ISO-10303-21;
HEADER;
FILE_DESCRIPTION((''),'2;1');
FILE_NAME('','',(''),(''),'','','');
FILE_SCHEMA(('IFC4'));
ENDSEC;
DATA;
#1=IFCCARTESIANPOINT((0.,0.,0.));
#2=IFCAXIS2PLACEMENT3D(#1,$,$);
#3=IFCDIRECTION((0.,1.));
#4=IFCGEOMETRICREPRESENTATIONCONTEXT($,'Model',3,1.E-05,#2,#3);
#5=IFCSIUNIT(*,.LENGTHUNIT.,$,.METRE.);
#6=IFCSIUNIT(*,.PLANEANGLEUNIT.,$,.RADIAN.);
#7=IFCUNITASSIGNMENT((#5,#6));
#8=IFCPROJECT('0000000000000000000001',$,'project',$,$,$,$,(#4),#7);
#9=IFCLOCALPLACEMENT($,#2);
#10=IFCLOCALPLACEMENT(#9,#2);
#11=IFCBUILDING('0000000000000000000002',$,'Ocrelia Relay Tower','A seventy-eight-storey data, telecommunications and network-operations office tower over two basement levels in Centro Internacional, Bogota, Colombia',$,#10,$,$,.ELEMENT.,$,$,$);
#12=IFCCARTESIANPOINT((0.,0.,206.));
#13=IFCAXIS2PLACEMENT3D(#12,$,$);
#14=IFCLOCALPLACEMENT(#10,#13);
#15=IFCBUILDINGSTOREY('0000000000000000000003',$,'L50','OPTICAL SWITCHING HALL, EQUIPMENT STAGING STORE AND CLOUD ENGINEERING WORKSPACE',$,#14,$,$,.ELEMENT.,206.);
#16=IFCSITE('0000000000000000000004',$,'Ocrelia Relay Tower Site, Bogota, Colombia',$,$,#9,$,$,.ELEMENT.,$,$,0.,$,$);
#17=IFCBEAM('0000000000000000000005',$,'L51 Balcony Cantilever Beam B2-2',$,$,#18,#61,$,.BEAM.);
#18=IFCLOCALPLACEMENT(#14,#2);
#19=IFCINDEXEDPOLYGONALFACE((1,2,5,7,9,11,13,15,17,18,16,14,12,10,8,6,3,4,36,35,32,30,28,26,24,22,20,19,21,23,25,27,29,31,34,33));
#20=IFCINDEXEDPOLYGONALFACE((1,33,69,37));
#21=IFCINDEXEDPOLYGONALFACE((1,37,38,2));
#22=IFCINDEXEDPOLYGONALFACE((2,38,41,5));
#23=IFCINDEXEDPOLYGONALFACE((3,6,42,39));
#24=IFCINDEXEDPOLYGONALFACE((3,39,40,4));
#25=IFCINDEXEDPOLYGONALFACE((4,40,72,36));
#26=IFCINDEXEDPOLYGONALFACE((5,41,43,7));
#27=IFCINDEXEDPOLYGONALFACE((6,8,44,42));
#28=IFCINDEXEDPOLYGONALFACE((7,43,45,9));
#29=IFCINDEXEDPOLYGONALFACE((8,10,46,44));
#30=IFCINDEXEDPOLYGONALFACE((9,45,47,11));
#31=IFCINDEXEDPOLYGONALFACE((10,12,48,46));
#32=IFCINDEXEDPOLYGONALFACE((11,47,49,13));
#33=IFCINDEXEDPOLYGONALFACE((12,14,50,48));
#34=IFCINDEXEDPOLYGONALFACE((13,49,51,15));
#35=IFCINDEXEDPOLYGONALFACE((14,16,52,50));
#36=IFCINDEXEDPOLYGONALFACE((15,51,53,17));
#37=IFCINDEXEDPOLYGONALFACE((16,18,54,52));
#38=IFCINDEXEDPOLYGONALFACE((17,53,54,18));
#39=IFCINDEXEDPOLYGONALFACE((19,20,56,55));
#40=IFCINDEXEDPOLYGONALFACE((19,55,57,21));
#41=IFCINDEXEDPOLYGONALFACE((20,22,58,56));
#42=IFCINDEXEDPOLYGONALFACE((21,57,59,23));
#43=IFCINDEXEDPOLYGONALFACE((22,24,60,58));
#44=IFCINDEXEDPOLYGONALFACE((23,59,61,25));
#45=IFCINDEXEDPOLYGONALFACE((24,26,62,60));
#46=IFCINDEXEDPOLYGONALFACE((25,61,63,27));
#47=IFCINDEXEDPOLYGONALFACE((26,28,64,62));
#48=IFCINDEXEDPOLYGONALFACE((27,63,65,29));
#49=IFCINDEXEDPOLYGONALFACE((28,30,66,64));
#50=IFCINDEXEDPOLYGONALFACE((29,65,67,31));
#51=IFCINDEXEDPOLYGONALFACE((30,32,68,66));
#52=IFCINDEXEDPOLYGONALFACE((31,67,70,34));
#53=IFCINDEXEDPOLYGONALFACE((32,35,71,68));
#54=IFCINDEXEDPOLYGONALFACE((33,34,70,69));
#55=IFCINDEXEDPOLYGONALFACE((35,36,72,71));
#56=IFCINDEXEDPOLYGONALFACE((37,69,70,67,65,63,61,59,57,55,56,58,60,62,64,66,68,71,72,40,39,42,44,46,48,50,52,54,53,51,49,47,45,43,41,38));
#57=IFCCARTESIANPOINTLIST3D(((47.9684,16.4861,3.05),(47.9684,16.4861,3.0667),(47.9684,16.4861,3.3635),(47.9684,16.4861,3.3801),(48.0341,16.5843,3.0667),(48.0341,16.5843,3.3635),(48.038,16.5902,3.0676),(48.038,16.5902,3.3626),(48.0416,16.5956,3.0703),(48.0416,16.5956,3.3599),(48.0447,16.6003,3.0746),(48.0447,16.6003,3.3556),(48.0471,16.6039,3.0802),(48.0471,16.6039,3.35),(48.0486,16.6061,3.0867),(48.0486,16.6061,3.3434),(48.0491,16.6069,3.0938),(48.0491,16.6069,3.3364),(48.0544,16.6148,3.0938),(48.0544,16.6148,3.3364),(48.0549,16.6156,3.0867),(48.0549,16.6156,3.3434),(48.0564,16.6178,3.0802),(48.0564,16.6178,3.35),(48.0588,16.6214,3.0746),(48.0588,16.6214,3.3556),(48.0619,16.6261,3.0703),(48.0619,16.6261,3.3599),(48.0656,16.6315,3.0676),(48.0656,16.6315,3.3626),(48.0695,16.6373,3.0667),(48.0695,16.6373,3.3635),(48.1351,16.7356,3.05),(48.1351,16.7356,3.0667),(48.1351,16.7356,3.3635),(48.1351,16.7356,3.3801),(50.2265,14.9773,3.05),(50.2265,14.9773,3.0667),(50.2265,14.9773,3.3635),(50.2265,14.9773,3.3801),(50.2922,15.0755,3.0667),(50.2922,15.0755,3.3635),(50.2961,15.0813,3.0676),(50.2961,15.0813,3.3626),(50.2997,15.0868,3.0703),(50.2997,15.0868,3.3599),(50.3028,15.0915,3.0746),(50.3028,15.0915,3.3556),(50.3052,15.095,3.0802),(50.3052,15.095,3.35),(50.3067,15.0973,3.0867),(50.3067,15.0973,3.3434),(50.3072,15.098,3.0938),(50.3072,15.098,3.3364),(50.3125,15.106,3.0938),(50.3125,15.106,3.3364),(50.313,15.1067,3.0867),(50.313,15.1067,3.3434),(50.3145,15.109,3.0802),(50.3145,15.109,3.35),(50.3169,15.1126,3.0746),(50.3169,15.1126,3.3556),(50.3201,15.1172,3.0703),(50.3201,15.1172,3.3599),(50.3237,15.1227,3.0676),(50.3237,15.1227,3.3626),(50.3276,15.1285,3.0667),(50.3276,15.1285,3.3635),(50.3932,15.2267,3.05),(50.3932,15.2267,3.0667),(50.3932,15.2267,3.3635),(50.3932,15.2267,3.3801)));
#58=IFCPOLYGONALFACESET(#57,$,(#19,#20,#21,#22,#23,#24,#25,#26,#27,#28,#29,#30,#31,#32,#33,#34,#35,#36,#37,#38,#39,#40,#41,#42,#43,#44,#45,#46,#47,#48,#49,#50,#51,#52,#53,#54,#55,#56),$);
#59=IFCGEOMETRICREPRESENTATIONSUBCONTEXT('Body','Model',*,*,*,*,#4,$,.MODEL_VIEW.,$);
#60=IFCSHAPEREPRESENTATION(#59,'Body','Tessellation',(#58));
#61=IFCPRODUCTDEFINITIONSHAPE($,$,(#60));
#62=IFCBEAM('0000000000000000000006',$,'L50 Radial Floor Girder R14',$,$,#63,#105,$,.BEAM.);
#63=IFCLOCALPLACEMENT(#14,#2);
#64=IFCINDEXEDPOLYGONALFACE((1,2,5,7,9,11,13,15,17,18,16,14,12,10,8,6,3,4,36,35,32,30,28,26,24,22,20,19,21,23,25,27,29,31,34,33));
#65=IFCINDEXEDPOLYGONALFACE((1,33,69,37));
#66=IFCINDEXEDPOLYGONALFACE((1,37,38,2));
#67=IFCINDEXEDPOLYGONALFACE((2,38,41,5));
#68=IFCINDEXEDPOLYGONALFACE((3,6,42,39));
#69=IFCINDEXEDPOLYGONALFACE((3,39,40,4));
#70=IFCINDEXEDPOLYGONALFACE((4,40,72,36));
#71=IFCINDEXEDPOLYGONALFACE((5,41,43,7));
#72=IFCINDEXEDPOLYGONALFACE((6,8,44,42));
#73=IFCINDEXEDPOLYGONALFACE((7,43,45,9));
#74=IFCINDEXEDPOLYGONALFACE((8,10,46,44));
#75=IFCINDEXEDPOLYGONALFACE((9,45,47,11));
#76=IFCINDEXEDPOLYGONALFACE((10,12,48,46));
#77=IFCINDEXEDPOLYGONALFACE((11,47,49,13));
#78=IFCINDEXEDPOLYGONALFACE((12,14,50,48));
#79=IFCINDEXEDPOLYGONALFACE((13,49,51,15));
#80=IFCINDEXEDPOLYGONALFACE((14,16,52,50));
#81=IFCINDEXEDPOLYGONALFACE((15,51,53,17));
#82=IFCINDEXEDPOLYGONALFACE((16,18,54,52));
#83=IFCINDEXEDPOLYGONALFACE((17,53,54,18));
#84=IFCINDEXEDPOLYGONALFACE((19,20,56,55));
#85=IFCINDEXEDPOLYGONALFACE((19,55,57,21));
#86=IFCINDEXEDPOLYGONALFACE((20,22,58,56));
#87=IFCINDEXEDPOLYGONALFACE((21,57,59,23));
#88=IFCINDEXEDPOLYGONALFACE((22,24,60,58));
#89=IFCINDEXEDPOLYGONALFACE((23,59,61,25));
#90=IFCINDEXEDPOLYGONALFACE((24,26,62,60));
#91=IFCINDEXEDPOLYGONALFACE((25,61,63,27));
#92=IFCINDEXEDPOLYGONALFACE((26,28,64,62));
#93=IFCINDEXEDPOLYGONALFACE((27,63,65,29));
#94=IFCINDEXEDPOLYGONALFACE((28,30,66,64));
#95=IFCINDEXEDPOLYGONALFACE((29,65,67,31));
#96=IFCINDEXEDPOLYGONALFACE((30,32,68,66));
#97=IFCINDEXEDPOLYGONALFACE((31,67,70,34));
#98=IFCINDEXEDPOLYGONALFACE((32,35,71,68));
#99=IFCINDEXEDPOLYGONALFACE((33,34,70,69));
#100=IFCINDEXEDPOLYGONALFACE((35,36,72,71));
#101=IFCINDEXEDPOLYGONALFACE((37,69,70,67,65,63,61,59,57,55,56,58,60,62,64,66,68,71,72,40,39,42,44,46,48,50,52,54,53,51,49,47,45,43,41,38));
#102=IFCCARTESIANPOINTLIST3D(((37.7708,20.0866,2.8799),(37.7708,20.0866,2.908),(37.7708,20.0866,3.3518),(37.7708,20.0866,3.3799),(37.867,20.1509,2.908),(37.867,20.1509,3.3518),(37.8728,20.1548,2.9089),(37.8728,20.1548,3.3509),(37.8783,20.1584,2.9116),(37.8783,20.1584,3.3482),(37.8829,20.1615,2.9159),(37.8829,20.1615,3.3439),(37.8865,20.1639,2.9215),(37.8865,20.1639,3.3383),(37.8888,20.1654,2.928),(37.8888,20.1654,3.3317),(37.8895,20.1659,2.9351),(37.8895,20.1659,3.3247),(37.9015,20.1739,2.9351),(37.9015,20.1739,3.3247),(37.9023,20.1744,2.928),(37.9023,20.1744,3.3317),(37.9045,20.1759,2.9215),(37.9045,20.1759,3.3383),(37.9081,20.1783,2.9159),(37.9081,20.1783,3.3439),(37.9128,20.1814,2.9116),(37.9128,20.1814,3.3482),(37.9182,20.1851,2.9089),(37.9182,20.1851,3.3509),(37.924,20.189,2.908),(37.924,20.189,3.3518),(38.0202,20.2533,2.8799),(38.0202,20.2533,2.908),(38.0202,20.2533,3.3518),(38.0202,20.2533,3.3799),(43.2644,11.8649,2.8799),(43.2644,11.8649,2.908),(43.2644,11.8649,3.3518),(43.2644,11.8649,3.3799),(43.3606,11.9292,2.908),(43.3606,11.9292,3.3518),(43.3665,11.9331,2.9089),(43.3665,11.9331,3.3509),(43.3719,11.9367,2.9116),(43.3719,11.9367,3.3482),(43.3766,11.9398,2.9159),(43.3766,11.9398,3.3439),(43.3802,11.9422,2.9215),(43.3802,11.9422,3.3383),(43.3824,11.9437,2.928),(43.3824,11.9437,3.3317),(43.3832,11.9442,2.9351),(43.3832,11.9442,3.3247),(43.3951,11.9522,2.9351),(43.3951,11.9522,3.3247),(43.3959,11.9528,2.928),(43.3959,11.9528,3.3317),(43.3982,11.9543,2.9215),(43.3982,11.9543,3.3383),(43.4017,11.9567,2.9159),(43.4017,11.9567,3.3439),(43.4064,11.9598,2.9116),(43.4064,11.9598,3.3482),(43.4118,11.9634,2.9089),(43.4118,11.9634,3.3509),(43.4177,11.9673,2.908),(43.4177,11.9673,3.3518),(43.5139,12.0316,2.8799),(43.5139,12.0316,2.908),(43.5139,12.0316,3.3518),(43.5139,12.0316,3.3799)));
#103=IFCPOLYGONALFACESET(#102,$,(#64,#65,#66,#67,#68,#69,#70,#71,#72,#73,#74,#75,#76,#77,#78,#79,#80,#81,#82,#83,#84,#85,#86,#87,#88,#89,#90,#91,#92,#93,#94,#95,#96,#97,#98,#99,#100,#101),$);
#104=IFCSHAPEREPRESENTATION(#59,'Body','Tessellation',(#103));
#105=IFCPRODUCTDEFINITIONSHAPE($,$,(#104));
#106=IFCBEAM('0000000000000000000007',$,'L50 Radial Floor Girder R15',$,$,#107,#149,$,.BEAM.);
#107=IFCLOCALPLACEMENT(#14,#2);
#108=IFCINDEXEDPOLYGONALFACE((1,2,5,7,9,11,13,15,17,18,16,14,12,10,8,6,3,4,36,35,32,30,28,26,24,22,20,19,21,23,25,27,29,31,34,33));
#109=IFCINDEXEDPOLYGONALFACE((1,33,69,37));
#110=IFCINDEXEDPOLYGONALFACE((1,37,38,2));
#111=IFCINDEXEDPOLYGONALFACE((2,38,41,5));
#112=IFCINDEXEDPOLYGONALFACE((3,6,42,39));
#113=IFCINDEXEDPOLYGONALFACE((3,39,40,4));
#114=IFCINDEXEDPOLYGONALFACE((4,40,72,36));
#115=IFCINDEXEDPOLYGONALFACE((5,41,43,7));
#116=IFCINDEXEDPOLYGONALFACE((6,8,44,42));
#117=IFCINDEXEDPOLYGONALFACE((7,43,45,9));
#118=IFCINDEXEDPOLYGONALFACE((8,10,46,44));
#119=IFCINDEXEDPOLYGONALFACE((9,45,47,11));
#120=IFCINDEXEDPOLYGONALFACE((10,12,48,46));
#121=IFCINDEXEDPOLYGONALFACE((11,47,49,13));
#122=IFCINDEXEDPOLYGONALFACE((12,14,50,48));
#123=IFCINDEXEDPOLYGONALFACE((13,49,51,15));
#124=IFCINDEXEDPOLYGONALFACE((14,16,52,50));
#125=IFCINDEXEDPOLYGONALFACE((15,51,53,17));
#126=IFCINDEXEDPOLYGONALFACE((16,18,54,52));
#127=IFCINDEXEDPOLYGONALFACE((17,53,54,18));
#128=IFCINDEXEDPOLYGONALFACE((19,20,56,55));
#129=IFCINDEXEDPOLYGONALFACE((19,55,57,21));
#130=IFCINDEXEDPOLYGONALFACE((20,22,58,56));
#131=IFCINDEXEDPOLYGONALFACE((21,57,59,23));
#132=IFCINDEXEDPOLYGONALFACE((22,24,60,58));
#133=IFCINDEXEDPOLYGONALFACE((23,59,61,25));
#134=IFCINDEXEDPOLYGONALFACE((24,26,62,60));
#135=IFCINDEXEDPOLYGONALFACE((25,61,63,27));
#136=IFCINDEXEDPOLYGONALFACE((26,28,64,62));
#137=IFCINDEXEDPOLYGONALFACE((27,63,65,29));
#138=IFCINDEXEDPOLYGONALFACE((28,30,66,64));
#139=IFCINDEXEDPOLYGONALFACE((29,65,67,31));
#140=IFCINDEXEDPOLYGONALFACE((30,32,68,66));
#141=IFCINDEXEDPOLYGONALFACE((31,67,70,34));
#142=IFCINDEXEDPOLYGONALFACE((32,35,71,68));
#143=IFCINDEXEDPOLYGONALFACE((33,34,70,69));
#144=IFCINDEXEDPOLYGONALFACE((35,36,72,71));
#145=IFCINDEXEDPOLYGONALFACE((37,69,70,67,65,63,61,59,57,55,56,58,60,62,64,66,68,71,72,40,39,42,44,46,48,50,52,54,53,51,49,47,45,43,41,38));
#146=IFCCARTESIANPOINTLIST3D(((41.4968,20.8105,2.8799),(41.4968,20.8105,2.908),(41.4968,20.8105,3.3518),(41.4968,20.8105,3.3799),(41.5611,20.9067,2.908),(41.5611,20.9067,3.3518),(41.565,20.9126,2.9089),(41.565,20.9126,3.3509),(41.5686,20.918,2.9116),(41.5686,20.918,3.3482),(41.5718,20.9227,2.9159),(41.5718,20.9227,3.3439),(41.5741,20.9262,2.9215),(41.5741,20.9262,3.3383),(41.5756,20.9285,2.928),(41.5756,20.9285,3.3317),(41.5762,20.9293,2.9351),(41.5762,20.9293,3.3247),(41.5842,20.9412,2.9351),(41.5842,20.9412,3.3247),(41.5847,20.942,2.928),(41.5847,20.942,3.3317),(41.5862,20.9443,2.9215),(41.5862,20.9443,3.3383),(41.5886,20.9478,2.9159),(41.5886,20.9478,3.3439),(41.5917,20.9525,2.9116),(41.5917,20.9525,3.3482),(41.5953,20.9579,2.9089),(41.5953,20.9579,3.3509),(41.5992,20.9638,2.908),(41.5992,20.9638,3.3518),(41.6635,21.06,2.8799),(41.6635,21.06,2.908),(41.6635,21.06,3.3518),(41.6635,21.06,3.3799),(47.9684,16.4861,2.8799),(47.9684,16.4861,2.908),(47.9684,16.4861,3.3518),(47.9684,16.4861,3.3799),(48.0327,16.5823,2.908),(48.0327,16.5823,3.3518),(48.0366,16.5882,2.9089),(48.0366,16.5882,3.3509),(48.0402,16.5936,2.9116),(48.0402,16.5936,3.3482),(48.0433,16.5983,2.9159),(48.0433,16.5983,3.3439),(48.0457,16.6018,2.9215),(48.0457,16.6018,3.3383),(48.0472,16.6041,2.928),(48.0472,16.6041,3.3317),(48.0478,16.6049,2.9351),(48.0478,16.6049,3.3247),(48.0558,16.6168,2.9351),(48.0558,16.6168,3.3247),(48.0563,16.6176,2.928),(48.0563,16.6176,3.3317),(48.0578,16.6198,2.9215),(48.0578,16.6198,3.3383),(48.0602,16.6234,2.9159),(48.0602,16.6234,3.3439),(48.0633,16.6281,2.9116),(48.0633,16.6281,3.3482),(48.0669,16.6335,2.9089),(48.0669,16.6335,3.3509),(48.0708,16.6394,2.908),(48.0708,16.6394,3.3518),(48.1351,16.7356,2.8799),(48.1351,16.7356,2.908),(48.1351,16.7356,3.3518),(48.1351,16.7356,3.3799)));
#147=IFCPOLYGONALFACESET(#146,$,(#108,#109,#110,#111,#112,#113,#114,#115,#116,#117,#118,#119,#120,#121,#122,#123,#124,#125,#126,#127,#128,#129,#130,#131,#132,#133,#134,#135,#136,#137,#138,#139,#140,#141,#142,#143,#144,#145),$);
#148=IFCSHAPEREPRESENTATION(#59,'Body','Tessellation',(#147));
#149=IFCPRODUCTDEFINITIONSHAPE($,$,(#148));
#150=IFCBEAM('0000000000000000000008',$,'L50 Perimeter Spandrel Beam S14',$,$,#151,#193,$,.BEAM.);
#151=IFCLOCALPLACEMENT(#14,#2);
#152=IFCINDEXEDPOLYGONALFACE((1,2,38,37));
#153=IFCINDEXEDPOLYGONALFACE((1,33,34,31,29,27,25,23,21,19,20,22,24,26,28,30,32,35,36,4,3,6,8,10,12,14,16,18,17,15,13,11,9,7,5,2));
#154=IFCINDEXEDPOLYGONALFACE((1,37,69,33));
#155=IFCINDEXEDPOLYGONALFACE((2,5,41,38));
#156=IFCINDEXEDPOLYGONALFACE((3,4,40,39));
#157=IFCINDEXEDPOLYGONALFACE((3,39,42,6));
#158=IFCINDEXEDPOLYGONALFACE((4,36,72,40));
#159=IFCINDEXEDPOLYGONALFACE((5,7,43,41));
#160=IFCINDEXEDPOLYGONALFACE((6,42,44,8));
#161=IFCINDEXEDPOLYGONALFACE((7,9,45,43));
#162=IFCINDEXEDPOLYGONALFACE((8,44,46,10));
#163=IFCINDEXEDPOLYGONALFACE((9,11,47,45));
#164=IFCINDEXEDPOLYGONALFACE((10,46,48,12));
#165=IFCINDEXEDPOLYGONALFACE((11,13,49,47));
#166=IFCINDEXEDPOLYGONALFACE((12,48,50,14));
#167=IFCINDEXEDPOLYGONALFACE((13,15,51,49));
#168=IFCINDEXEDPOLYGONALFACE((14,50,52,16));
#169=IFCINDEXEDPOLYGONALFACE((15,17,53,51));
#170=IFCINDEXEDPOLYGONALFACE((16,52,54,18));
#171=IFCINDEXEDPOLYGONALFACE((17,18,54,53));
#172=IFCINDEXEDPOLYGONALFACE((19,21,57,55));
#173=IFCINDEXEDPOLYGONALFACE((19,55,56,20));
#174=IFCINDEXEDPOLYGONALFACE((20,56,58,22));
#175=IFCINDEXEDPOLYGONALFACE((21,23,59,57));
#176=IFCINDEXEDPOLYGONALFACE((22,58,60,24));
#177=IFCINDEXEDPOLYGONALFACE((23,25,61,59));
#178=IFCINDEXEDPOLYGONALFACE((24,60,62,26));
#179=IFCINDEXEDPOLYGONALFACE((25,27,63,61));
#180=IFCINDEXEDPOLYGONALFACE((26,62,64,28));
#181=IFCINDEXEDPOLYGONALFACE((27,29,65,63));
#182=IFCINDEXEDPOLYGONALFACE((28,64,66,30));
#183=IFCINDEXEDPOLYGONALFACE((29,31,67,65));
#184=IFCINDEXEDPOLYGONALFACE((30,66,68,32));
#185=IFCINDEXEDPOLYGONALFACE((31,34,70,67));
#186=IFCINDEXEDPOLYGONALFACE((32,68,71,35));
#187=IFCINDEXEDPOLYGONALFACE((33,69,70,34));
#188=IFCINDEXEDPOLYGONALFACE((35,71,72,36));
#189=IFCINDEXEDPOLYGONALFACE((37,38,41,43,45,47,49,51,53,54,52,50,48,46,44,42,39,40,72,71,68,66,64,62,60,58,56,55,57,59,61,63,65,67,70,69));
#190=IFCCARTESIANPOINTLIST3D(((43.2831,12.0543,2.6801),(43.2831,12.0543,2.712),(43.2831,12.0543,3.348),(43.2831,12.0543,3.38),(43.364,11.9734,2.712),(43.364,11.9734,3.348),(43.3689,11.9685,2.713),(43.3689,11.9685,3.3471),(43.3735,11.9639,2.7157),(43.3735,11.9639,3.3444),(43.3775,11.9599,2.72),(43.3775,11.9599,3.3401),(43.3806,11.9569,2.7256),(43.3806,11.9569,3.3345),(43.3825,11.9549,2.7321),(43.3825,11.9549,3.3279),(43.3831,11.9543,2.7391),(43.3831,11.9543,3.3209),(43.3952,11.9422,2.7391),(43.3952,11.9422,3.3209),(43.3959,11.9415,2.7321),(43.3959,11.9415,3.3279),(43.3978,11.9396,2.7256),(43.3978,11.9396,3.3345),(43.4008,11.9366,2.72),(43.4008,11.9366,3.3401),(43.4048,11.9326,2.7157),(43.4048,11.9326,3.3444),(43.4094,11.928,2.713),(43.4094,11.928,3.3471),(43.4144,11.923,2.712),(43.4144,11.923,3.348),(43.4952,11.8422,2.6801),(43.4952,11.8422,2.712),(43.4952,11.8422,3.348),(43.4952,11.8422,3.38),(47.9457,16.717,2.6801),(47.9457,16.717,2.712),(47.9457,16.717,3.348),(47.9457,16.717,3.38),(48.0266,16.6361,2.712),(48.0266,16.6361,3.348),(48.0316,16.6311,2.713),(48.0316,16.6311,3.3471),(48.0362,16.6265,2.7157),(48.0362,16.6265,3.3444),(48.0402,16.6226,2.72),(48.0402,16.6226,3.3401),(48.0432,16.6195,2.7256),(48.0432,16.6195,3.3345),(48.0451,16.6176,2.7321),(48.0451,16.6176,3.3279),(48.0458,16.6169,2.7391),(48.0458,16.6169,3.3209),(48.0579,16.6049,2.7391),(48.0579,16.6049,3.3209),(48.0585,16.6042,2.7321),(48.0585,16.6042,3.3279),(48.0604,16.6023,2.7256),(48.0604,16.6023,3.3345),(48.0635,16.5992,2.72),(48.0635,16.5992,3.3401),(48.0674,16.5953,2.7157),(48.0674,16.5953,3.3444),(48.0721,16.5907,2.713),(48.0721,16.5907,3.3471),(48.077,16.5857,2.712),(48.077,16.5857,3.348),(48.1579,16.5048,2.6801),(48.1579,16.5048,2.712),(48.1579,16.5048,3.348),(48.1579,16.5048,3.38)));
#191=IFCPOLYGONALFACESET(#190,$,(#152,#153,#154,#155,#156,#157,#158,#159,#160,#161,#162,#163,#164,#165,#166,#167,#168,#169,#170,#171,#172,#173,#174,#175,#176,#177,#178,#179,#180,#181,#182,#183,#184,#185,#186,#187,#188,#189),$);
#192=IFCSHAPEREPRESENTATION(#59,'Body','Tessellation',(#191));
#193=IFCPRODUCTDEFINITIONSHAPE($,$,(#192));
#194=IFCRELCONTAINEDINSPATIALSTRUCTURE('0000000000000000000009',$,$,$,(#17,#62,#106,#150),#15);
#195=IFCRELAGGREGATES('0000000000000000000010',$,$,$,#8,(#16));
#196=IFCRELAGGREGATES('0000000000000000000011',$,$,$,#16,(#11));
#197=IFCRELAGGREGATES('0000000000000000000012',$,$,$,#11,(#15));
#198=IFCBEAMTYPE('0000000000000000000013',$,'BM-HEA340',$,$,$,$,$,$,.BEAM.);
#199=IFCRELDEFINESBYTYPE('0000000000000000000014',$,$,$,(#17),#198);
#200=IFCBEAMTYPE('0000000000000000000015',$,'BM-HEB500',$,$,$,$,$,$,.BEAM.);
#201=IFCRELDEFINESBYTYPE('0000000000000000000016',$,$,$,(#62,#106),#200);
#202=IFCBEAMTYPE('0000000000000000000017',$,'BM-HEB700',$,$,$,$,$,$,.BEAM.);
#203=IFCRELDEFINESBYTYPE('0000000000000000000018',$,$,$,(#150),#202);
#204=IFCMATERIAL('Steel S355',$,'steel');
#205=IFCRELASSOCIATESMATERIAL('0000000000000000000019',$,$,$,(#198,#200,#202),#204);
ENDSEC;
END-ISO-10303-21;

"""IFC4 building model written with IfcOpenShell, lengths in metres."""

from ifc_helpers import new_model, si_unit, direction, frame, origin, origin_2d, place, context, subcontext, project, spatial, i_section, extrude, material, material_profile, profile_set, type_object, element, save


model = new_model("IFC4")

# Units and contexts
model_context = context("Model", 3, precision=1e-05, world=origin(), true_north=direction((0.0, 1.0)))
body_context = subcontext(model_context, "Body", "Model", "MODEL_VIEW")
ifc_project = project(units=[si_unit("LENGTHUNIT", "METRE"), si_unit("PLANEANGLEUNIT", "RADIAN")], contexts=[model_context])

# Site, building, storey
site_placement = place(None, origin())
site = spatial("IfcSite", under=ifc_project, at=site_placement, Name="Ocrelia Relay Tower Site, Bogota, Colombia", CompositionType="ELEMENT", RefElevation=0.0)
building_placement = place(site_placement, origin())
building = spatial("IfcBuilding", under=site, at=building_placement, Name="Ocrelia Relay Tower", Description="A seventy-eight-storey data, telecommunications and network-operations office tower over two basement levels in Centro Internacional, Bogota, Colombia", CompositionType="ELEMENT")
storey_placement = place(building_placement, frame((0.0, 0.0, 206.0)))
storey = spatial("IfcBuildingStorey", under=building, at=storey_placement, Name="L50", Description="OPTICAL SWITCHING HALL, EQUIPMENT STAGING STORE AND CLOUD ENGINEERING WORKSPACE", CompositionType="ELEMENT", Elevation=206.0)

# Beams
ifc_material_1 = material(Name="Steel S355", Category="steel")
ifc_material_profile_1 = material_profile(ifc_material_1, i_section(OverallWidth=0.3, OverallDepth=0.3301, WebThickness=0.0095, FlangeThickness=0.0166, FilletRadius=0.0271, at=origin_2d()), Name="HEA 340")
ifc_profile_set_1 = profile_set([ifc_material_profile_1], Name="Steel S355")
beam_type_1 = type_object("IfcBeamType", Name="BM-HEA340", PredefinedType="BEAM", material=ifc_profile_set_1)
beam_1_placement = place(storey_placement, frame((48.0518, 16.6108, 3.2151), z_axis=(0.831469, -0.555571, 0.0), x_axis=(0.555571, 0.831469, 0.0)))
element("IfcBeam", 1, at=beam_1_placement, inside=storey, type_object=beam_type_1, Name="L51 Balcony Cantilever Beam B2-2", PredefinedType="BEAM", context=body_context, shape_type="SweptSolid", body=[
    extrude(i_section(OverallWidth=0.3, OverallDepth=0.3301, WebThickness=0.0095, FlangeThickness=0.0166, FilletRadius=0.0271, at=origin_2d()), origin(), (0.0, 0.0, 1.0), 2.7158),
])
ifc_material_profile_2 = material_profile(ifc_material_1, i_section(OverallWidth=0.3, OverallDepth=0.5, WebThickness=0.0144, FlangeThickness=0.0281, FilletRadius=0.0271, at=origin_2d()), Name="HEB 500")
ifc_profile_set_2 = profile_set([ifc_material_profile_2], Name="Steel S355")
beam_type_2 = type_object("IfcBeamType", Name="BM-HEB500", PredefinedType="BEAM", material=ifc_profile_set_2)
beam_2_placement = place(storey_placement, frame((43.3892, 11.9482, 3.1299), z_axis=(-0.555577, 0.831465, 0.0), x_axis=(-0.831465, -0.555577, 0.0)))
element("IfcBeam", 2, at=beam_2_placement, inside=storey, type_object=beam_type_2, Name="L50 Radial Floor Girder R14", PredefinedType="BEAM", context=body_context, shape_type="SweptSolid", body=[
    extrude(i_section(OverallWidth=0.3, OverallDepth=0.5, WebThickness=0.0144, FlangeThickness=0.0281, FilletRadius=0.0271, at=origin_2d()), origin(), (0.0, 0.0, 1.0), 9.8882),
])
beam_3_placement = place(storey_placement, frame((48.0518, 16.6108, 3.1299), z_axis=(-0.831456, 0.55559, 0.0), x_axis=(-0.55559, -0.831456, 0.0)))
element("IfcBeam", 3, at=beam_3_placement, inside=storey, type_object=beam_type_2, Name="L50 Radial Floor Girder R15", PredefinedType="BEAM", context=body_context, shape_type="SweptSolid", body=[
    extrude(i_section(OverallWidth=0.3, OverallDepth=0.5, WebThickness=0.0144, FlangeThickness=0.0281, FilletRadius=0.0271, at=origin_2d()), origin(), (0.0, 0.0, 1.0), 7.7834),
])
ifc_material_profile_3 = material_profile(ifc_material_1, i_section(OverallWidth=0.3, OverallDepth=0.7, WebThickness=0.0171, FlangeThickness=0.032, FilletRadius=0.0271, at=origin_2d()), Name="HEB 700")
ifc_profile_set_3 = profile_set([ifc_material_profile_3], Name="Steel S355")
beam_type_3 = type_object("IfcBeamType", Name="BM-HEB700", PredefinedType="BEAM", material=ifc_profile_set_3)
for number, where, z_axis, x_axis, name in (
    (4, (43.3892, 11.9482, 3.03), (0.707107, 0.707107, 0.0), (-0.707107, 0.707107, 0.0), "L50 Perimeter Spandrel Beam S14"),
):
    element("IfcBeam", number, at=place(storey_placement, frame(where, z_axis=z_axis, x_axis=x_axis)), inside=storey, type_object=beam_type_3, Name=name, PredefinedType="BEAM", context=body_context, shape_type="SweptSolid", body=[
        extrude(i_section(OverallWidth=0.3, OverallDepth=0.7, WebThickness=0.0171, FlangeThickness=0.032, FilletRadius=0.0271, at=origin_2d()), origin(), (0.0, 0.0, 1.0), 6.594),
    ])

save(model, "model.ifc")
